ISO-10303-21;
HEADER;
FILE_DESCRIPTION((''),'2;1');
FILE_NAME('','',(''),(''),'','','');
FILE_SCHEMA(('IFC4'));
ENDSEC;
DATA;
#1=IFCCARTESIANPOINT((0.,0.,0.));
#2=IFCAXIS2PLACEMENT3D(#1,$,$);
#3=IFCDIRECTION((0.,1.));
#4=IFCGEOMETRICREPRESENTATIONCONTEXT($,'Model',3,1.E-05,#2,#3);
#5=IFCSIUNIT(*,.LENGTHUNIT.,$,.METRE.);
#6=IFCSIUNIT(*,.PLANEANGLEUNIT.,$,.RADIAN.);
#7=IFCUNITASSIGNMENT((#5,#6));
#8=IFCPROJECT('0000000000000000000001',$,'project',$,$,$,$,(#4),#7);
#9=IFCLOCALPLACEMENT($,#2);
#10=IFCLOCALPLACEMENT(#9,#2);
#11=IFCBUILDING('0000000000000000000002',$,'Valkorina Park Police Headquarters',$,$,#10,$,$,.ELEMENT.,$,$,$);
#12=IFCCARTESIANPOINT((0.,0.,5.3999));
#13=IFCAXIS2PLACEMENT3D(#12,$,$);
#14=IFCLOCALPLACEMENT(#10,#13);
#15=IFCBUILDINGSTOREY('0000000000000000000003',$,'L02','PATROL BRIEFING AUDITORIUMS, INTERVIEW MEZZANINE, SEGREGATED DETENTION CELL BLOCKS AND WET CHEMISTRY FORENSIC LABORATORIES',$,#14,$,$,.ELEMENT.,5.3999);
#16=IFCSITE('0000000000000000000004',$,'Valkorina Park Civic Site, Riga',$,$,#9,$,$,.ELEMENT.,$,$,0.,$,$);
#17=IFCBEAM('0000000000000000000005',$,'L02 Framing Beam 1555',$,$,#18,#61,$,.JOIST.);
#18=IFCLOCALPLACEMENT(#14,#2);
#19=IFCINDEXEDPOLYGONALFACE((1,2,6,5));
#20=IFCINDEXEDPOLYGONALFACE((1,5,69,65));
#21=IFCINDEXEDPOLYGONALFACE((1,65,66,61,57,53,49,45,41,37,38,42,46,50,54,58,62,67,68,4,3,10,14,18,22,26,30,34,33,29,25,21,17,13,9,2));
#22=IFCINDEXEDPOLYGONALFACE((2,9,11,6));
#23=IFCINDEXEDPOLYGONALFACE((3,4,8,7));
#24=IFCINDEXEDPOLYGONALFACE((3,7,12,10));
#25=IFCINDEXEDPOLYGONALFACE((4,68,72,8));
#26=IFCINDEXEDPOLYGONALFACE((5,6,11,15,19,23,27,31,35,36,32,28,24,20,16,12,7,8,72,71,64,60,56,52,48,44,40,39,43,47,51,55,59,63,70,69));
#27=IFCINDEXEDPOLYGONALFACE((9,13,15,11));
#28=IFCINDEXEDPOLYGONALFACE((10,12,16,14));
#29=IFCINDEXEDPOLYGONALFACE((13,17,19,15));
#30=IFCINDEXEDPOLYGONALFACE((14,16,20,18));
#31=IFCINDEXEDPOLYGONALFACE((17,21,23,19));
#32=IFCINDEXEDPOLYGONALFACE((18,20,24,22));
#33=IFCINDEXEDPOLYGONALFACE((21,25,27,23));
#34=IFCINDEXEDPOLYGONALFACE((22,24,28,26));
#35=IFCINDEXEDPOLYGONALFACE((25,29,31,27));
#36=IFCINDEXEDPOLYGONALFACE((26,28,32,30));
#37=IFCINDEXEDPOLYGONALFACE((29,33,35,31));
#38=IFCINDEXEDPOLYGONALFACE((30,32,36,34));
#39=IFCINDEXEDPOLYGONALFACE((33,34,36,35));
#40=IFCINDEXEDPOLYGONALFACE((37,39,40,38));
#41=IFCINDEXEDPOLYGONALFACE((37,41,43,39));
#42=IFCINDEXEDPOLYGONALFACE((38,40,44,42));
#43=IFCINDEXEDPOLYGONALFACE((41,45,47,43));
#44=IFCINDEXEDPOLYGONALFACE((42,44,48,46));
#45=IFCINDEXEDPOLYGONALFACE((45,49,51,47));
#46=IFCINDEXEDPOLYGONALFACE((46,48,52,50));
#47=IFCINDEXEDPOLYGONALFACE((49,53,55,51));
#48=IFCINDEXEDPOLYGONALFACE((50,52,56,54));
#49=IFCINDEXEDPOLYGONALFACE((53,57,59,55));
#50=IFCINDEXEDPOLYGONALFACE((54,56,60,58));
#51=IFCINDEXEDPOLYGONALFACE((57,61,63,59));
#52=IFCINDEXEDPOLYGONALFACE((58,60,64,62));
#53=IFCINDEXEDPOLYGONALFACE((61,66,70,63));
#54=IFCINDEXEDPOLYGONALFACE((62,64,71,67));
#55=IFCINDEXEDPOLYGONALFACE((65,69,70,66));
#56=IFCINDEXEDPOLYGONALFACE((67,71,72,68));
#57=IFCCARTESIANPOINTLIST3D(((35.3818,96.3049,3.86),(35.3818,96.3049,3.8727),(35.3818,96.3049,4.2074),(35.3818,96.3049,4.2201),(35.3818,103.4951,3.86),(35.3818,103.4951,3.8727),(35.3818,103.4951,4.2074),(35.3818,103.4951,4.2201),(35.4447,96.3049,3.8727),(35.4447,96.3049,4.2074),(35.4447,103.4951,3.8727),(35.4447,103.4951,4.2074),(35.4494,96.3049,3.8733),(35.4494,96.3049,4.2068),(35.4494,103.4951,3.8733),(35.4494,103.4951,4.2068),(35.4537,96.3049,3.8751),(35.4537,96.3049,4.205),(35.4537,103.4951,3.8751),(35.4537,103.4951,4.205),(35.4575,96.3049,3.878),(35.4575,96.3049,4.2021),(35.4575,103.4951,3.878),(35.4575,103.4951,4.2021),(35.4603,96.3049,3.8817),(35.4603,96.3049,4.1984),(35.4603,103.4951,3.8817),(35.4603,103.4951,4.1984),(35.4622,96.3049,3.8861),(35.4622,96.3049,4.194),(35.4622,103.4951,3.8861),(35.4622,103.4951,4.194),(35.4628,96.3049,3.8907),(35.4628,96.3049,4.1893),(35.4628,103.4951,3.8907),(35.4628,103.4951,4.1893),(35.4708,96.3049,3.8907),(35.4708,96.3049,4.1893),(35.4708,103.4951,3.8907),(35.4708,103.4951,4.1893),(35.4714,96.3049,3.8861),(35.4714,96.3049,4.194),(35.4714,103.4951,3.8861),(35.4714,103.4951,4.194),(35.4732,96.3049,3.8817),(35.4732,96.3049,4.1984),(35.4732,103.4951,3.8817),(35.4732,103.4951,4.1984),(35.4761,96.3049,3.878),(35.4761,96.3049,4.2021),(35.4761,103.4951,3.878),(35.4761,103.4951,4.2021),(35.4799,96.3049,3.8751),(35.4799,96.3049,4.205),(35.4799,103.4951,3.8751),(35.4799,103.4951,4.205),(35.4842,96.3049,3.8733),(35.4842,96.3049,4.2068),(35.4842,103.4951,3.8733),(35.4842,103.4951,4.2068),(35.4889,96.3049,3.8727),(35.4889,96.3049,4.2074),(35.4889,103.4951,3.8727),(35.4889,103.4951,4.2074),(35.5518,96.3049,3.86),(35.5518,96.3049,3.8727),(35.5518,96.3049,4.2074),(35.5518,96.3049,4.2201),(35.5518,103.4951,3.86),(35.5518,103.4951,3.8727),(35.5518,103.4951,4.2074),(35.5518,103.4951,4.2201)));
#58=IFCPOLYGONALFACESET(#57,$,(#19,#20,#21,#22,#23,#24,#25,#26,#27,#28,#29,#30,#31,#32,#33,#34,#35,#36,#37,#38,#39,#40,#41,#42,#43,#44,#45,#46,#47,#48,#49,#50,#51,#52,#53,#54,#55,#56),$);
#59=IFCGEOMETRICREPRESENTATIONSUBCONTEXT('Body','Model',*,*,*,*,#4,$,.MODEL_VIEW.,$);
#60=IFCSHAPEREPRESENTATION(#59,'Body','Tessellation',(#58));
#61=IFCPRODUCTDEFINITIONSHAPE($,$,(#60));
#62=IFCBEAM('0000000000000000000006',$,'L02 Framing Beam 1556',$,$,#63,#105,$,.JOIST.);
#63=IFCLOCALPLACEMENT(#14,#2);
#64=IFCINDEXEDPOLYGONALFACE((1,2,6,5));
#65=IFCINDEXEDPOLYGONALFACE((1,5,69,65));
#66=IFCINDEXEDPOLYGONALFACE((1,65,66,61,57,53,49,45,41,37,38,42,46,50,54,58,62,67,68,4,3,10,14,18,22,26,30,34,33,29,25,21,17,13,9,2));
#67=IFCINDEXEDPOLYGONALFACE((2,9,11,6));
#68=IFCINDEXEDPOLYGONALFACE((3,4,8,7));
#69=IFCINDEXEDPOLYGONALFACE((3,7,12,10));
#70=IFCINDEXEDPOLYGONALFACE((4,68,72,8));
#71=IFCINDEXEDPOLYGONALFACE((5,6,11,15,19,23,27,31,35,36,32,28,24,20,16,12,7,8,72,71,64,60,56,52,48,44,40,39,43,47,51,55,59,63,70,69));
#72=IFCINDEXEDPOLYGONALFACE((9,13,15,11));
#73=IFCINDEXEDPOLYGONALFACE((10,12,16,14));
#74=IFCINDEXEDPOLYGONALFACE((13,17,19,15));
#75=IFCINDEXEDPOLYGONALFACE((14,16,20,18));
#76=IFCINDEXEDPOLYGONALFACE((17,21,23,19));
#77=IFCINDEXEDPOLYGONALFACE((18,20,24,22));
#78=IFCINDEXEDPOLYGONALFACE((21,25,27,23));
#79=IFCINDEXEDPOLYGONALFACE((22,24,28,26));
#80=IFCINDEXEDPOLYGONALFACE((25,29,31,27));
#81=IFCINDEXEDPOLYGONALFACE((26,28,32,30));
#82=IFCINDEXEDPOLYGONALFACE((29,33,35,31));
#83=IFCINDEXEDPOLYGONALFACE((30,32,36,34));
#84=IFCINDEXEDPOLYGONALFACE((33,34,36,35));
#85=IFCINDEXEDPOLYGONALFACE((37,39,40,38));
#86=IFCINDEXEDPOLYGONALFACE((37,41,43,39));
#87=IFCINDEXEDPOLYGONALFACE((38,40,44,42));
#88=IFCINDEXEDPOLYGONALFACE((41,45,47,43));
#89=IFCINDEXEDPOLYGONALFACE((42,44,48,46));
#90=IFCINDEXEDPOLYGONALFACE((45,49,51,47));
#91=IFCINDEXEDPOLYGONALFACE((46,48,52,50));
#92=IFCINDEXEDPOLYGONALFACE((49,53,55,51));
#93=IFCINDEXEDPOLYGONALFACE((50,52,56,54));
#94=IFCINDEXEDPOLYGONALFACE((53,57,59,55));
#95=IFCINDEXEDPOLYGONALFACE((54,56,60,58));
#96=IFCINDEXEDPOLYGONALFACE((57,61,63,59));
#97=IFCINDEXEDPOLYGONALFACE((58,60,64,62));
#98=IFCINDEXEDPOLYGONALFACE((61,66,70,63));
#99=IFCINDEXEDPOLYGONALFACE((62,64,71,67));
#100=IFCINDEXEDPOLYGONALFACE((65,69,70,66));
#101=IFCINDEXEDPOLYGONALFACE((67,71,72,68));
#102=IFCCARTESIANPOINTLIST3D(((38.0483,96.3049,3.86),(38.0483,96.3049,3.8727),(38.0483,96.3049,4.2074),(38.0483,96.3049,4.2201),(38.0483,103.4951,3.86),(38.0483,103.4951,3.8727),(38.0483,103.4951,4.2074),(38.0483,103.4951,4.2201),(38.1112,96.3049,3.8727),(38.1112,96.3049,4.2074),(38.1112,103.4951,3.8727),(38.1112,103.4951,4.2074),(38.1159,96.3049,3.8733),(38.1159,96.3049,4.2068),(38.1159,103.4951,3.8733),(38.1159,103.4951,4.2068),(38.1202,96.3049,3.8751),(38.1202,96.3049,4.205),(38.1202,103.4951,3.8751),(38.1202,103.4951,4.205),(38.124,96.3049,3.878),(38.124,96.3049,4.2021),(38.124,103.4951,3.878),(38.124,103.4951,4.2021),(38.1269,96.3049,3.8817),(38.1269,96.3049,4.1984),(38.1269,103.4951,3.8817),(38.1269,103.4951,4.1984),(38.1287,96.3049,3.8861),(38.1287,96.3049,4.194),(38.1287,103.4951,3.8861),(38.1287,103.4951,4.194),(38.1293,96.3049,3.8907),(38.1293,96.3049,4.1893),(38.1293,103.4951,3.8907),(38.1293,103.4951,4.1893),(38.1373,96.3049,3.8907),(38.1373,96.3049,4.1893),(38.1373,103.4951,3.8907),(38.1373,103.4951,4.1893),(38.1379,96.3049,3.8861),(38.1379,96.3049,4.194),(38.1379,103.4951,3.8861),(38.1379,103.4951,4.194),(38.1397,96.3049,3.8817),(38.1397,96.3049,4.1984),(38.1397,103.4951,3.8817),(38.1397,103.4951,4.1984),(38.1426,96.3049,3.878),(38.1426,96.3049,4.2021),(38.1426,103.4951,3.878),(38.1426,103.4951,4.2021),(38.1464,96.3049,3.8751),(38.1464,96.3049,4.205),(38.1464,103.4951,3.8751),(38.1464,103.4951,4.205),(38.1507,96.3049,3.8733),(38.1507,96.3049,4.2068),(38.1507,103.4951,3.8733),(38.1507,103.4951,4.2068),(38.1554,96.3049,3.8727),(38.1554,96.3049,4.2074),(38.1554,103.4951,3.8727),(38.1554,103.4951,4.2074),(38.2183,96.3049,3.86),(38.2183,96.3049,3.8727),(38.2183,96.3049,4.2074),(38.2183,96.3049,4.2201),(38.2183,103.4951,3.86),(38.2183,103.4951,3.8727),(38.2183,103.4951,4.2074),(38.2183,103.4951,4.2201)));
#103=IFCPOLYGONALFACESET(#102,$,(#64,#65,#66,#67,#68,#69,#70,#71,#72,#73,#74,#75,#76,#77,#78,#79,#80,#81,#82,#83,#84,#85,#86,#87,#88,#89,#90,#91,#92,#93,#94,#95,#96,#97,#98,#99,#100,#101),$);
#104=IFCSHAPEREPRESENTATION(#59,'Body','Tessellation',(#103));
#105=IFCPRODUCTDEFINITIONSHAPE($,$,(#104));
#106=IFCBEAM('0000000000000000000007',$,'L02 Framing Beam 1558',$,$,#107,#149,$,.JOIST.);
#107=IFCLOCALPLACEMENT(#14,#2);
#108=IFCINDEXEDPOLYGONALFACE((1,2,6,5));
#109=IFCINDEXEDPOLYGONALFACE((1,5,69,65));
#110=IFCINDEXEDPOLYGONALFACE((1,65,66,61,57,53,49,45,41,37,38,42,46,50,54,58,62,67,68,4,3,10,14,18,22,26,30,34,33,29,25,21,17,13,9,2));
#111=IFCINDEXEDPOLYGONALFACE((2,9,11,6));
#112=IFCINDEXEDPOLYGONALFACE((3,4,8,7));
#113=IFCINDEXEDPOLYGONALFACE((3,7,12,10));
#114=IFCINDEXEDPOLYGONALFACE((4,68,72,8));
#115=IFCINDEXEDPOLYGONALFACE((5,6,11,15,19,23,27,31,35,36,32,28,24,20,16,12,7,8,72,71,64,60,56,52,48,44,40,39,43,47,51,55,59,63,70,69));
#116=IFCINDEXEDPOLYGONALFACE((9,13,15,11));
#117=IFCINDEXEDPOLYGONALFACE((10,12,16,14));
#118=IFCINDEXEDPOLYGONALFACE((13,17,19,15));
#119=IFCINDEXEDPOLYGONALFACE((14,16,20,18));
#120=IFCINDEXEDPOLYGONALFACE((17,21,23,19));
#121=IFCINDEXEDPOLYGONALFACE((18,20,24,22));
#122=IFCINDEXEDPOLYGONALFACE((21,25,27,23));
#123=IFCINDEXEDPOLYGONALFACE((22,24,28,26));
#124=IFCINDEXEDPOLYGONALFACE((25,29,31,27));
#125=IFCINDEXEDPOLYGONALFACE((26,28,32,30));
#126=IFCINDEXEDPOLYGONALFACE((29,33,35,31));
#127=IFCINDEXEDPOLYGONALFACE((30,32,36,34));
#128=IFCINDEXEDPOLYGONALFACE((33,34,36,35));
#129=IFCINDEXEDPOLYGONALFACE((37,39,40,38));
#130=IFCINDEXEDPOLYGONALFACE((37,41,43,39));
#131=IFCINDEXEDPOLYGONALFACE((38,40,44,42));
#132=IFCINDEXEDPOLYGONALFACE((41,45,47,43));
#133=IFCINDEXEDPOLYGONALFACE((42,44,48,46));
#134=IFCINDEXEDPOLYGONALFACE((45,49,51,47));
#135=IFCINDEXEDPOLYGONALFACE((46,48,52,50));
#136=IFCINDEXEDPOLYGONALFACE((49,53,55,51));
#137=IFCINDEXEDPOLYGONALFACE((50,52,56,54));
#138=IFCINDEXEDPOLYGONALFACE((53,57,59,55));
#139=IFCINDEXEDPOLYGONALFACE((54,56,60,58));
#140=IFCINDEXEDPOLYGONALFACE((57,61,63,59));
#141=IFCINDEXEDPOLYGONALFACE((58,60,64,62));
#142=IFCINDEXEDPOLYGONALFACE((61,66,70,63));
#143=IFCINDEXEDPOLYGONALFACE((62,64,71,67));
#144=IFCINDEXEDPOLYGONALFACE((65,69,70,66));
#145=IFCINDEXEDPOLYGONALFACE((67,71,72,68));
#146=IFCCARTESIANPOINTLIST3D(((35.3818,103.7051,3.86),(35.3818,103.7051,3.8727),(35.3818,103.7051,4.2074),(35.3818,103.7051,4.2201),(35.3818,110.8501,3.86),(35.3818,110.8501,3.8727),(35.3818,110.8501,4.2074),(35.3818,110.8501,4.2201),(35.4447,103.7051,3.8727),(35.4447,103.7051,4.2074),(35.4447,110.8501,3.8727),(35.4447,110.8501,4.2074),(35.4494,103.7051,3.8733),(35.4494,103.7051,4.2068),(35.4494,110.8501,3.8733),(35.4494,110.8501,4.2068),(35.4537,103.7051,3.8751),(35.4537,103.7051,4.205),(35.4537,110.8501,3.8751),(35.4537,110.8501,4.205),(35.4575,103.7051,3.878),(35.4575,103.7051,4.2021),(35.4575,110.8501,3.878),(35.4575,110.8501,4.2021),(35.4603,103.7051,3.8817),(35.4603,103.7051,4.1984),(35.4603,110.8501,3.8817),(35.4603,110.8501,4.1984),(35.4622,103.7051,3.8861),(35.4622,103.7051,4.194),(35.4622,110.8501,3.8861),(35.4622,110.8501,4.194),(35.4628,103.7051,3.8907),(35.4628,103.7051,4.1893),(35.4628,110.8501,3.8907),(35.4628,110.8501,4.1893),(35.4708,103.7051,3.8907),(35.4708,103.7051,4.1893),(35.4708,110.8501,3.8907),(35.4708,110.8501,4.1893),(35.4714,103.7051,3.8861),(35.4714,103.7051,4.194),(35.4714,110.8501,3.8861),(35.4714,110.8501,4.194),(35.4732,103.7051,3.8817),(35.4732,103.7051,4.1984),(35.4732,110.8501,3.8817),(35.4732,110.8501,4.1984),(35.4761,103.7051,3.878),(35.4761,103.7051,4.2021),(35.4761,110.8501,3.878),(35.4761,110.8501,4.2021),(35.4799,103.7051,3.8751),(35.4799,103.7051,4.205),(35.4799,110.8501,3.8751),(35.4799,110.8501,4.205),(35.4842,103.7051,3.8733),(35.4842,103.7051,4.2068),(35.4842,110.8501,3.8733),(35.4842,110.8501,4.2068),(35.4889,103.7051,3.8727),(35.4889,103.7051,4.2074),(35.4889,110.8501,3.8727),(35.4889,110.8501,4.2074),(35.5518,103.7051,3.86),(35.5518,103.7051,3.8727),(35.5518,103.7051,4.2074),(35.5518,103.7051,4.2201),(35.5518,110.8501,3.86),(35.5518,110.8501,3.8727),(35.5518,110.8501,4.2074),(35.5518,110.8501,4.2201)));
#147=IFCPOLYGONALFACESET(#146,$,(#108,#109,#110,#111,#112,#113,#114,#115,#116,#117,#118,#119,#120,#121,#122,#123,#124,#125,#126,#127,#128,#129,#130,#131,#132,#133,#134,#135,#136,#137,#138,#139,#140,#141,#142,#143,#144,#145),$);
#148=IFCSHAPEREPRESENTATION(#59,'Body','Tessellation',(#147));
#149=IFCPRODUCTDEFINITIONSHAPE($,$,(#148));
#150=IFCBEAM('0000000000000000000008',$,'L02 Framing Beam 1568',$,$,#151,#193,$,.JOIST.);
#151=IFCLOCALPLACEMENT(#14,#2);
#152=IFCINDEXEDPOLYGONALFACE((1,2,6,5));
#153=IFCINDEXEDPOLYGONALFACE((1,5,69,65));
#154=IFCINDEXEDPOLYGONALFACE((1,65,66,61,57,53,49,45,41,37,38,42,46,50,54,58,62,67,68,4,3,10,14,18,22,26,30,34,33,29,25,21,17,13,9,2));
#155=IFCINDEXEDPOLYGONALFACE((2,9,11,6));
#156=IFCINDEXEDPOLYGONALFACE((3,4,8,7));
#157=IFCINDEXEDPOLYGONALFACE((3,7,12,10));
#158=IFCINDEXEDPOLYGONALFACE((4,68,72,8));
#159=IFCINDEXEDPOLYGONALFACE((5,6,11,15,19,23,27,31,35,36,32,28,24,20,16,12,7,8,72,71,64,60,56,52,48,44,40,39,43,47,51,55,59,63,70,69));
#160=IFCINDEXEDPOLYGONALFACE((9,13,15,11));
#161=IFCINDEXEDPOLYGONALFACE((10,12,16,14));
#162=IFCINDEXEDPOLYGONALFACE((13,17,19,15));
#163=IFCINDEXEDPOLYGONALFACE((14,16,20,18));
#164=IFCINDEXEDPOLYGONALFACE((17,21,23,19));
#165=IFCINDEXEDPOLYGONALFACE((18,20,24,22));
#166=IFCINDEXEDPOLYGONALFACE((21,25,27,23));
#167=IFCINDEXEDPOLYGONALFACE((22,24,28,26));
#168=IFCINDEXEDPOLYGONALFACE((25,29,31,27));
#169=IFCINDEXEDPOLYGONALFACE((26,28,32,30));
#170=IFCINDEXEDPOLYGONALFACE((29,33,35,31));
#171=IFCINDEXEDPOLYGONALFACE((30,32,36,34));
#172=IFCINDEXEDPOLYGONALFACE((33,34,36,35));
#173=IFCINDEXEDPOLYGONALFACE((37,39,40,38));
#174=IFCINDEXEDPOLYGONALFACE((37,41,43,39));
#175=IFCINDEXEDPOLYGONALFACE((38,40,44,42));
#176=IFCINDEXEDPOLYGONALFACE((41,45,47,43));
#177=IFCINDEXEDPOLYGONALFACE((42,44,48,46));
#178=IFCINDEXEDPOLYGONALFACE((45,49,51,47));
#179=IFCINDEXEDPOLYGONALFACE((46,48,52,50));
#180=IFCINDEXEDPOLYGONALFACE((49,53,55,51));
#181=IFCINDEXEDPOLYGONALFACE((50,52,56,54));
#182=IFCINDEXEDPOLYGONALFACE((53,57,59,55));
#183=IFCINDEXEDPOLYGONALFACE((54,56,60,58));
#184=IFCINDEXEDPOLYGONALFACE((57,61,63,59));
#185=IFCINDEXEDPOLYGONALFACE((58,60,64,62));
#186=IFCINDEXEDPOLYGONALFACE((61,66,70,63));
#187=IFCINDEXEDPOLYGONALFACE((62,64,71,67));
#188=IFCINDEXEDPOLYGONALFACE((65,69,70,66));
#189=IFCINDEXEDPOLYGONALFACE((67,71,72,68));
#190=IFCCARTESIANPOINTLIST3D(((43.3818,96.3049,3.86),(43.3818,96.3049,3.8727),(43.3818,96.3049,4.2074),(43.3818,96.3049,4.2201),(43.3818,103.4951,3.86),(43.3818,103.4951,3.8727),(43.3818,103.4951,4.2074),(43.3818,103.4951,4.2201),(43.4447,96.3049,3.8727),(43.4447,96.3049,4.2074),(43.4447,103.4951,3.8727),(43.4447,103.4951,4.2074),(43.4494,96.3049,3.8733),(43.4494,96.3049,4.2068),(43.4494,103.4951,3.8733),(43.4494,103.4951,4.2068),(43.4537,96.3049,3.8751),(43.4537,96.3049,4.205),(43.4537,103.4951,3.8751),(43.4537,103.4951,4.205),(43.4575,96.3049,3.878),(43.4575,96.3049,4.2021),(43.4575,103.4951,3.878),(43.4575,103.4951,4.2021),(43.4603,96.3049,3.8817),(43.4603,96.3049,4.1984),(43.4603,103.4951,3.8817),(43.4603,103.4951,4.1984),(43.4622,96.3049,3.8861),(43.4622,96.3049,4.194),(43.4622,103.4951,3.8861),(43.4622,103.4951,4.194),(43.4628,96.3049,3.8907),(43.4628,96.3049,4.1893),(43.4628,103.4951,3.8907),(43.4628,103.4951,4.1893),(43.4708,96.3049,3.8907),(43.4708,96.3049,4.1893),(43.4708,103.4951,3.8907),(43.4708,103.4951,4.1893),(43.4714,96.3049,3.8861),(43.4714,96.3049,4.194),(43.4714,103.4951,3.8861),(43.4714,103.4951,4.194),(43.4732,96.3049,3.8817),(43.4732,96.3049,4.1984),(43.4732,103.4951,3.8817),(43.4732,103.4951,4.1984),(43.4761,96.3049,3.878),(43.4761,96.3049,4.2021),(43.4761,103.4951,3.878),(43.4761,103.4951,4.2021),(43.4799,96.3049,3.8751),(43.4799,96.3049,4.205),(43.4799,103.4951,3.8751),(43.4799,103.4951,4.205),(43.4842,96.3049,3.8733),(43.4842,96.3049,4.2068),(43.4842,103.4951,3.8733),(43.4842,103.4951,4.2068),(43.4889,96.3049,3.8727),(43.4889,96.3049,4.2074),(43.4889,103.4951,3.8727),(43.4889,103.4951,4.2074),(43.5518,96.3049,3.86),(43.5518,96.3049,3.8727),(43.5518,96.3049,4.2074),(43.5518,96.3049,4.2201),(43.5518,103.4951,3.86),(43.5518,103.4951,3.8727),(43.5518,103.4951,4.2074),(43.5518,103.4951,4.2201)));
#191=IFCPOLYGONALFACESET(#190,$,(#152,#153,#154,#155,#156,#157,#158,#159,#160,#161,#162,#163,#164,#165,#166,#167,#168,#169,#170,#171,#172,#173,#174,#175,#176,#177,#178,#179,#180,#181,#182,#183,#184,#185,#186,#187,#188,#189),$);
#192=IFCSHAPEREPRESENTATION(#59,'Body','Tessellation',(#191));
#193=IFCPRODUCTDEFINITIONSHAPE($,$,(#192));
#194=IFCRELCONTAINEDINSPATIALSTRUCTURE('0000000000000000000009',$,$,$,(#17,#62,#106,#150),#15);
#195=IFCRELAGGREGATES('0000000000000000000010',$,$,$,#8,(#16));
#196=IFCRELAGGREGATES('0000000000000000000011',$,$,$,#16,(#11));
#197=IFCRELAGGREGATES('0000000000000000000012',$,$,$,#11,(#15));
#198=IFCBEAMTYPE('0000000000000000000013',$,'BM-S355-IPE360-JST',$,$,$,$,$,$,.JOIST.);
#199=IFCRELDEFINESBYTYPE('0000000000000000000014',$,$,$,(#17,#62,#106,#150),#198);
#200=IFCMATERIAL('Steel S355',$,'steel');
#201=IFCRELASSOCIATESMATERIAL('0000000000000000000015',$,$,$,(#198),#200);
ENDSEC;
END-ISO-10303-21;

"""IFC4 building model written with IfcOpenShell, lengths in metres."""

from ifc_helpers import new_model, si_unit, direction, frame, origin, origin_2d, place, context, subcontext, project, spatial, i_section, extrude, material, material_profile, profile_set, type_object, element, save


model = new_model("IFC4")

# Units and contexts
model_context = context("Model", 3, precision=1e-05, world=origin(), true_north=direction((0.0, 1.0)))
body_context = subcontext(model_context, "Body", "Model", "MODEL_VIEW")
ifc_project = project(units=[si_unit("LENGTHUNIT", "METRE"), si_unit("PLANEANGLEUNIT", "RADIAN")], contexts=[model_context])

# Site, building, storey
site_placement = place(None, origin())
site = spatial("IfcSite", under=ifc_project, at=site_placement, Name="Valkorina Park Civic Site, Riga", CompositionType="ELEMENT", RefElevation=0.0)
building_placement = place(site_placement, origin())
building = spatial("IfcBuilding", under=site, at=building_placement, Name="Valkorina Park Police Headquarters", CompositionType="ELEMENT")
storey_placement = place(building_placement, frame((0.0, 0.0, 5.3999)))
storey = spatial("IfcBuildingStorey", under=building, at=storey_placement, Name="L02", Description="PATROL BRIEFING AUDITORIUMS, INTERVIEW MEZZANINE, SEGREGATED DETENTION CELL BLOCKS AND WET CHEMISTRY FORENSIC LABORATORIES", CompositionType="ELEMENT", Elevation=5.3999)

# Shared definitions
ifc_material_1 = material(Name="Steel S355", Category="steel")

# Beams
ifc_material_profile_1 = material_profile(ifc_material_1, i_section(OverallWidth=0.1699, OverallDepth=0.3601, WebThickness=0.0081, FlangeThickness=0.0127, FilletRadius=0.0181, at=origin_2d()), Name="IPE 360")
ifc_profile_set_1 = profile_set([ifc_material_profile_1], Name="Steel S355")
beam_type_1 = type_object("IfcBeamType", Name="BM-S355-IPE360-JST", PredefinedType="JOIST", material=ifc_profile_set_1)
for number, where, z_axis, x_axis, name in (
    (1, (35.4668, 96.3049, 4.04), (0.0, 1.0, 0.0), (-1.0, 0.0, 0.0), "L02 Framing Beam 1555"),
    (2, (38.1333, 96.3049, 4.04), (0.0, 1.0, 0.0), (-1.0, 0.0, 0.0), "L02 Framing Beam 1556"),
):
    element("IfcBeam", number, at=place(storey_placement, frame(where, z_axis=z_axis, x_axis=x_axis)), inside=storey, type_object=beam_type_1, Name=name, PredefinedType="JOIST", context=body_context, shape_type="SweptSolid", body=[
        extrude(i_section(OverallWidth=0.1699, OverallDepth=0.3601, WebThickness=0.0081, FlangeThickness=0.0127, FilletRadius=0.0181, at=origin_2d()), origin(), (0.0, 0.0, 1.0), 7.1902),
    ])
beam_placement = place(storey_placement, frame((35.4668, 103.7051, 4.04), z_axis=(0.0, 1.0, 0.0), x_axis=(-1.0, 0.0, 0.0)))
element("IfcBeam", 3, at=beam_placement, inside=storey, type_object=beam_type_1, Name="L02 Framing Beam 1558", PredefinedType="JOIST", context=body_context, shape_type="SweptSolid", body=[
    extrude(i_section(OverallWidth=0.1699, OverallDepth=0.3601, WebThickness=0.0081, FlangeThickness=0.0127, FilletRadius=0.0181, at=origin_2d()), origin(), (0.0, 0.0, 1.0), 7.145),
])
for number, where, z_axis, x_axis, name in (
    (4, (43.4668, 96.3049, 4.04), (0.0, 1.0, 0.0), (-1.0, 0.0, 0.0), "L02 Framing Beam 1568"),
):
    element("IfcBeam", number, at=place(storey_placement, frame(where, z_axis=z_axis, x_axis=x_axis)), inside=storey, type_object=beam_type_1, Name=name, PredefinedType="JOIST", context=body_context, shape_type="SweptSolid", body=[
        extrude(i_section(OverallWidth=0.1699, OverallDepth=0.3601, WebThickness=0.0081, FlangeThickness=0.0127, FilletRadius=0.0181, at=origin_2d()), origin(), (0.0, 0.0, 1.0), 7.1902),
    ])

save(model, "model.ifc")
